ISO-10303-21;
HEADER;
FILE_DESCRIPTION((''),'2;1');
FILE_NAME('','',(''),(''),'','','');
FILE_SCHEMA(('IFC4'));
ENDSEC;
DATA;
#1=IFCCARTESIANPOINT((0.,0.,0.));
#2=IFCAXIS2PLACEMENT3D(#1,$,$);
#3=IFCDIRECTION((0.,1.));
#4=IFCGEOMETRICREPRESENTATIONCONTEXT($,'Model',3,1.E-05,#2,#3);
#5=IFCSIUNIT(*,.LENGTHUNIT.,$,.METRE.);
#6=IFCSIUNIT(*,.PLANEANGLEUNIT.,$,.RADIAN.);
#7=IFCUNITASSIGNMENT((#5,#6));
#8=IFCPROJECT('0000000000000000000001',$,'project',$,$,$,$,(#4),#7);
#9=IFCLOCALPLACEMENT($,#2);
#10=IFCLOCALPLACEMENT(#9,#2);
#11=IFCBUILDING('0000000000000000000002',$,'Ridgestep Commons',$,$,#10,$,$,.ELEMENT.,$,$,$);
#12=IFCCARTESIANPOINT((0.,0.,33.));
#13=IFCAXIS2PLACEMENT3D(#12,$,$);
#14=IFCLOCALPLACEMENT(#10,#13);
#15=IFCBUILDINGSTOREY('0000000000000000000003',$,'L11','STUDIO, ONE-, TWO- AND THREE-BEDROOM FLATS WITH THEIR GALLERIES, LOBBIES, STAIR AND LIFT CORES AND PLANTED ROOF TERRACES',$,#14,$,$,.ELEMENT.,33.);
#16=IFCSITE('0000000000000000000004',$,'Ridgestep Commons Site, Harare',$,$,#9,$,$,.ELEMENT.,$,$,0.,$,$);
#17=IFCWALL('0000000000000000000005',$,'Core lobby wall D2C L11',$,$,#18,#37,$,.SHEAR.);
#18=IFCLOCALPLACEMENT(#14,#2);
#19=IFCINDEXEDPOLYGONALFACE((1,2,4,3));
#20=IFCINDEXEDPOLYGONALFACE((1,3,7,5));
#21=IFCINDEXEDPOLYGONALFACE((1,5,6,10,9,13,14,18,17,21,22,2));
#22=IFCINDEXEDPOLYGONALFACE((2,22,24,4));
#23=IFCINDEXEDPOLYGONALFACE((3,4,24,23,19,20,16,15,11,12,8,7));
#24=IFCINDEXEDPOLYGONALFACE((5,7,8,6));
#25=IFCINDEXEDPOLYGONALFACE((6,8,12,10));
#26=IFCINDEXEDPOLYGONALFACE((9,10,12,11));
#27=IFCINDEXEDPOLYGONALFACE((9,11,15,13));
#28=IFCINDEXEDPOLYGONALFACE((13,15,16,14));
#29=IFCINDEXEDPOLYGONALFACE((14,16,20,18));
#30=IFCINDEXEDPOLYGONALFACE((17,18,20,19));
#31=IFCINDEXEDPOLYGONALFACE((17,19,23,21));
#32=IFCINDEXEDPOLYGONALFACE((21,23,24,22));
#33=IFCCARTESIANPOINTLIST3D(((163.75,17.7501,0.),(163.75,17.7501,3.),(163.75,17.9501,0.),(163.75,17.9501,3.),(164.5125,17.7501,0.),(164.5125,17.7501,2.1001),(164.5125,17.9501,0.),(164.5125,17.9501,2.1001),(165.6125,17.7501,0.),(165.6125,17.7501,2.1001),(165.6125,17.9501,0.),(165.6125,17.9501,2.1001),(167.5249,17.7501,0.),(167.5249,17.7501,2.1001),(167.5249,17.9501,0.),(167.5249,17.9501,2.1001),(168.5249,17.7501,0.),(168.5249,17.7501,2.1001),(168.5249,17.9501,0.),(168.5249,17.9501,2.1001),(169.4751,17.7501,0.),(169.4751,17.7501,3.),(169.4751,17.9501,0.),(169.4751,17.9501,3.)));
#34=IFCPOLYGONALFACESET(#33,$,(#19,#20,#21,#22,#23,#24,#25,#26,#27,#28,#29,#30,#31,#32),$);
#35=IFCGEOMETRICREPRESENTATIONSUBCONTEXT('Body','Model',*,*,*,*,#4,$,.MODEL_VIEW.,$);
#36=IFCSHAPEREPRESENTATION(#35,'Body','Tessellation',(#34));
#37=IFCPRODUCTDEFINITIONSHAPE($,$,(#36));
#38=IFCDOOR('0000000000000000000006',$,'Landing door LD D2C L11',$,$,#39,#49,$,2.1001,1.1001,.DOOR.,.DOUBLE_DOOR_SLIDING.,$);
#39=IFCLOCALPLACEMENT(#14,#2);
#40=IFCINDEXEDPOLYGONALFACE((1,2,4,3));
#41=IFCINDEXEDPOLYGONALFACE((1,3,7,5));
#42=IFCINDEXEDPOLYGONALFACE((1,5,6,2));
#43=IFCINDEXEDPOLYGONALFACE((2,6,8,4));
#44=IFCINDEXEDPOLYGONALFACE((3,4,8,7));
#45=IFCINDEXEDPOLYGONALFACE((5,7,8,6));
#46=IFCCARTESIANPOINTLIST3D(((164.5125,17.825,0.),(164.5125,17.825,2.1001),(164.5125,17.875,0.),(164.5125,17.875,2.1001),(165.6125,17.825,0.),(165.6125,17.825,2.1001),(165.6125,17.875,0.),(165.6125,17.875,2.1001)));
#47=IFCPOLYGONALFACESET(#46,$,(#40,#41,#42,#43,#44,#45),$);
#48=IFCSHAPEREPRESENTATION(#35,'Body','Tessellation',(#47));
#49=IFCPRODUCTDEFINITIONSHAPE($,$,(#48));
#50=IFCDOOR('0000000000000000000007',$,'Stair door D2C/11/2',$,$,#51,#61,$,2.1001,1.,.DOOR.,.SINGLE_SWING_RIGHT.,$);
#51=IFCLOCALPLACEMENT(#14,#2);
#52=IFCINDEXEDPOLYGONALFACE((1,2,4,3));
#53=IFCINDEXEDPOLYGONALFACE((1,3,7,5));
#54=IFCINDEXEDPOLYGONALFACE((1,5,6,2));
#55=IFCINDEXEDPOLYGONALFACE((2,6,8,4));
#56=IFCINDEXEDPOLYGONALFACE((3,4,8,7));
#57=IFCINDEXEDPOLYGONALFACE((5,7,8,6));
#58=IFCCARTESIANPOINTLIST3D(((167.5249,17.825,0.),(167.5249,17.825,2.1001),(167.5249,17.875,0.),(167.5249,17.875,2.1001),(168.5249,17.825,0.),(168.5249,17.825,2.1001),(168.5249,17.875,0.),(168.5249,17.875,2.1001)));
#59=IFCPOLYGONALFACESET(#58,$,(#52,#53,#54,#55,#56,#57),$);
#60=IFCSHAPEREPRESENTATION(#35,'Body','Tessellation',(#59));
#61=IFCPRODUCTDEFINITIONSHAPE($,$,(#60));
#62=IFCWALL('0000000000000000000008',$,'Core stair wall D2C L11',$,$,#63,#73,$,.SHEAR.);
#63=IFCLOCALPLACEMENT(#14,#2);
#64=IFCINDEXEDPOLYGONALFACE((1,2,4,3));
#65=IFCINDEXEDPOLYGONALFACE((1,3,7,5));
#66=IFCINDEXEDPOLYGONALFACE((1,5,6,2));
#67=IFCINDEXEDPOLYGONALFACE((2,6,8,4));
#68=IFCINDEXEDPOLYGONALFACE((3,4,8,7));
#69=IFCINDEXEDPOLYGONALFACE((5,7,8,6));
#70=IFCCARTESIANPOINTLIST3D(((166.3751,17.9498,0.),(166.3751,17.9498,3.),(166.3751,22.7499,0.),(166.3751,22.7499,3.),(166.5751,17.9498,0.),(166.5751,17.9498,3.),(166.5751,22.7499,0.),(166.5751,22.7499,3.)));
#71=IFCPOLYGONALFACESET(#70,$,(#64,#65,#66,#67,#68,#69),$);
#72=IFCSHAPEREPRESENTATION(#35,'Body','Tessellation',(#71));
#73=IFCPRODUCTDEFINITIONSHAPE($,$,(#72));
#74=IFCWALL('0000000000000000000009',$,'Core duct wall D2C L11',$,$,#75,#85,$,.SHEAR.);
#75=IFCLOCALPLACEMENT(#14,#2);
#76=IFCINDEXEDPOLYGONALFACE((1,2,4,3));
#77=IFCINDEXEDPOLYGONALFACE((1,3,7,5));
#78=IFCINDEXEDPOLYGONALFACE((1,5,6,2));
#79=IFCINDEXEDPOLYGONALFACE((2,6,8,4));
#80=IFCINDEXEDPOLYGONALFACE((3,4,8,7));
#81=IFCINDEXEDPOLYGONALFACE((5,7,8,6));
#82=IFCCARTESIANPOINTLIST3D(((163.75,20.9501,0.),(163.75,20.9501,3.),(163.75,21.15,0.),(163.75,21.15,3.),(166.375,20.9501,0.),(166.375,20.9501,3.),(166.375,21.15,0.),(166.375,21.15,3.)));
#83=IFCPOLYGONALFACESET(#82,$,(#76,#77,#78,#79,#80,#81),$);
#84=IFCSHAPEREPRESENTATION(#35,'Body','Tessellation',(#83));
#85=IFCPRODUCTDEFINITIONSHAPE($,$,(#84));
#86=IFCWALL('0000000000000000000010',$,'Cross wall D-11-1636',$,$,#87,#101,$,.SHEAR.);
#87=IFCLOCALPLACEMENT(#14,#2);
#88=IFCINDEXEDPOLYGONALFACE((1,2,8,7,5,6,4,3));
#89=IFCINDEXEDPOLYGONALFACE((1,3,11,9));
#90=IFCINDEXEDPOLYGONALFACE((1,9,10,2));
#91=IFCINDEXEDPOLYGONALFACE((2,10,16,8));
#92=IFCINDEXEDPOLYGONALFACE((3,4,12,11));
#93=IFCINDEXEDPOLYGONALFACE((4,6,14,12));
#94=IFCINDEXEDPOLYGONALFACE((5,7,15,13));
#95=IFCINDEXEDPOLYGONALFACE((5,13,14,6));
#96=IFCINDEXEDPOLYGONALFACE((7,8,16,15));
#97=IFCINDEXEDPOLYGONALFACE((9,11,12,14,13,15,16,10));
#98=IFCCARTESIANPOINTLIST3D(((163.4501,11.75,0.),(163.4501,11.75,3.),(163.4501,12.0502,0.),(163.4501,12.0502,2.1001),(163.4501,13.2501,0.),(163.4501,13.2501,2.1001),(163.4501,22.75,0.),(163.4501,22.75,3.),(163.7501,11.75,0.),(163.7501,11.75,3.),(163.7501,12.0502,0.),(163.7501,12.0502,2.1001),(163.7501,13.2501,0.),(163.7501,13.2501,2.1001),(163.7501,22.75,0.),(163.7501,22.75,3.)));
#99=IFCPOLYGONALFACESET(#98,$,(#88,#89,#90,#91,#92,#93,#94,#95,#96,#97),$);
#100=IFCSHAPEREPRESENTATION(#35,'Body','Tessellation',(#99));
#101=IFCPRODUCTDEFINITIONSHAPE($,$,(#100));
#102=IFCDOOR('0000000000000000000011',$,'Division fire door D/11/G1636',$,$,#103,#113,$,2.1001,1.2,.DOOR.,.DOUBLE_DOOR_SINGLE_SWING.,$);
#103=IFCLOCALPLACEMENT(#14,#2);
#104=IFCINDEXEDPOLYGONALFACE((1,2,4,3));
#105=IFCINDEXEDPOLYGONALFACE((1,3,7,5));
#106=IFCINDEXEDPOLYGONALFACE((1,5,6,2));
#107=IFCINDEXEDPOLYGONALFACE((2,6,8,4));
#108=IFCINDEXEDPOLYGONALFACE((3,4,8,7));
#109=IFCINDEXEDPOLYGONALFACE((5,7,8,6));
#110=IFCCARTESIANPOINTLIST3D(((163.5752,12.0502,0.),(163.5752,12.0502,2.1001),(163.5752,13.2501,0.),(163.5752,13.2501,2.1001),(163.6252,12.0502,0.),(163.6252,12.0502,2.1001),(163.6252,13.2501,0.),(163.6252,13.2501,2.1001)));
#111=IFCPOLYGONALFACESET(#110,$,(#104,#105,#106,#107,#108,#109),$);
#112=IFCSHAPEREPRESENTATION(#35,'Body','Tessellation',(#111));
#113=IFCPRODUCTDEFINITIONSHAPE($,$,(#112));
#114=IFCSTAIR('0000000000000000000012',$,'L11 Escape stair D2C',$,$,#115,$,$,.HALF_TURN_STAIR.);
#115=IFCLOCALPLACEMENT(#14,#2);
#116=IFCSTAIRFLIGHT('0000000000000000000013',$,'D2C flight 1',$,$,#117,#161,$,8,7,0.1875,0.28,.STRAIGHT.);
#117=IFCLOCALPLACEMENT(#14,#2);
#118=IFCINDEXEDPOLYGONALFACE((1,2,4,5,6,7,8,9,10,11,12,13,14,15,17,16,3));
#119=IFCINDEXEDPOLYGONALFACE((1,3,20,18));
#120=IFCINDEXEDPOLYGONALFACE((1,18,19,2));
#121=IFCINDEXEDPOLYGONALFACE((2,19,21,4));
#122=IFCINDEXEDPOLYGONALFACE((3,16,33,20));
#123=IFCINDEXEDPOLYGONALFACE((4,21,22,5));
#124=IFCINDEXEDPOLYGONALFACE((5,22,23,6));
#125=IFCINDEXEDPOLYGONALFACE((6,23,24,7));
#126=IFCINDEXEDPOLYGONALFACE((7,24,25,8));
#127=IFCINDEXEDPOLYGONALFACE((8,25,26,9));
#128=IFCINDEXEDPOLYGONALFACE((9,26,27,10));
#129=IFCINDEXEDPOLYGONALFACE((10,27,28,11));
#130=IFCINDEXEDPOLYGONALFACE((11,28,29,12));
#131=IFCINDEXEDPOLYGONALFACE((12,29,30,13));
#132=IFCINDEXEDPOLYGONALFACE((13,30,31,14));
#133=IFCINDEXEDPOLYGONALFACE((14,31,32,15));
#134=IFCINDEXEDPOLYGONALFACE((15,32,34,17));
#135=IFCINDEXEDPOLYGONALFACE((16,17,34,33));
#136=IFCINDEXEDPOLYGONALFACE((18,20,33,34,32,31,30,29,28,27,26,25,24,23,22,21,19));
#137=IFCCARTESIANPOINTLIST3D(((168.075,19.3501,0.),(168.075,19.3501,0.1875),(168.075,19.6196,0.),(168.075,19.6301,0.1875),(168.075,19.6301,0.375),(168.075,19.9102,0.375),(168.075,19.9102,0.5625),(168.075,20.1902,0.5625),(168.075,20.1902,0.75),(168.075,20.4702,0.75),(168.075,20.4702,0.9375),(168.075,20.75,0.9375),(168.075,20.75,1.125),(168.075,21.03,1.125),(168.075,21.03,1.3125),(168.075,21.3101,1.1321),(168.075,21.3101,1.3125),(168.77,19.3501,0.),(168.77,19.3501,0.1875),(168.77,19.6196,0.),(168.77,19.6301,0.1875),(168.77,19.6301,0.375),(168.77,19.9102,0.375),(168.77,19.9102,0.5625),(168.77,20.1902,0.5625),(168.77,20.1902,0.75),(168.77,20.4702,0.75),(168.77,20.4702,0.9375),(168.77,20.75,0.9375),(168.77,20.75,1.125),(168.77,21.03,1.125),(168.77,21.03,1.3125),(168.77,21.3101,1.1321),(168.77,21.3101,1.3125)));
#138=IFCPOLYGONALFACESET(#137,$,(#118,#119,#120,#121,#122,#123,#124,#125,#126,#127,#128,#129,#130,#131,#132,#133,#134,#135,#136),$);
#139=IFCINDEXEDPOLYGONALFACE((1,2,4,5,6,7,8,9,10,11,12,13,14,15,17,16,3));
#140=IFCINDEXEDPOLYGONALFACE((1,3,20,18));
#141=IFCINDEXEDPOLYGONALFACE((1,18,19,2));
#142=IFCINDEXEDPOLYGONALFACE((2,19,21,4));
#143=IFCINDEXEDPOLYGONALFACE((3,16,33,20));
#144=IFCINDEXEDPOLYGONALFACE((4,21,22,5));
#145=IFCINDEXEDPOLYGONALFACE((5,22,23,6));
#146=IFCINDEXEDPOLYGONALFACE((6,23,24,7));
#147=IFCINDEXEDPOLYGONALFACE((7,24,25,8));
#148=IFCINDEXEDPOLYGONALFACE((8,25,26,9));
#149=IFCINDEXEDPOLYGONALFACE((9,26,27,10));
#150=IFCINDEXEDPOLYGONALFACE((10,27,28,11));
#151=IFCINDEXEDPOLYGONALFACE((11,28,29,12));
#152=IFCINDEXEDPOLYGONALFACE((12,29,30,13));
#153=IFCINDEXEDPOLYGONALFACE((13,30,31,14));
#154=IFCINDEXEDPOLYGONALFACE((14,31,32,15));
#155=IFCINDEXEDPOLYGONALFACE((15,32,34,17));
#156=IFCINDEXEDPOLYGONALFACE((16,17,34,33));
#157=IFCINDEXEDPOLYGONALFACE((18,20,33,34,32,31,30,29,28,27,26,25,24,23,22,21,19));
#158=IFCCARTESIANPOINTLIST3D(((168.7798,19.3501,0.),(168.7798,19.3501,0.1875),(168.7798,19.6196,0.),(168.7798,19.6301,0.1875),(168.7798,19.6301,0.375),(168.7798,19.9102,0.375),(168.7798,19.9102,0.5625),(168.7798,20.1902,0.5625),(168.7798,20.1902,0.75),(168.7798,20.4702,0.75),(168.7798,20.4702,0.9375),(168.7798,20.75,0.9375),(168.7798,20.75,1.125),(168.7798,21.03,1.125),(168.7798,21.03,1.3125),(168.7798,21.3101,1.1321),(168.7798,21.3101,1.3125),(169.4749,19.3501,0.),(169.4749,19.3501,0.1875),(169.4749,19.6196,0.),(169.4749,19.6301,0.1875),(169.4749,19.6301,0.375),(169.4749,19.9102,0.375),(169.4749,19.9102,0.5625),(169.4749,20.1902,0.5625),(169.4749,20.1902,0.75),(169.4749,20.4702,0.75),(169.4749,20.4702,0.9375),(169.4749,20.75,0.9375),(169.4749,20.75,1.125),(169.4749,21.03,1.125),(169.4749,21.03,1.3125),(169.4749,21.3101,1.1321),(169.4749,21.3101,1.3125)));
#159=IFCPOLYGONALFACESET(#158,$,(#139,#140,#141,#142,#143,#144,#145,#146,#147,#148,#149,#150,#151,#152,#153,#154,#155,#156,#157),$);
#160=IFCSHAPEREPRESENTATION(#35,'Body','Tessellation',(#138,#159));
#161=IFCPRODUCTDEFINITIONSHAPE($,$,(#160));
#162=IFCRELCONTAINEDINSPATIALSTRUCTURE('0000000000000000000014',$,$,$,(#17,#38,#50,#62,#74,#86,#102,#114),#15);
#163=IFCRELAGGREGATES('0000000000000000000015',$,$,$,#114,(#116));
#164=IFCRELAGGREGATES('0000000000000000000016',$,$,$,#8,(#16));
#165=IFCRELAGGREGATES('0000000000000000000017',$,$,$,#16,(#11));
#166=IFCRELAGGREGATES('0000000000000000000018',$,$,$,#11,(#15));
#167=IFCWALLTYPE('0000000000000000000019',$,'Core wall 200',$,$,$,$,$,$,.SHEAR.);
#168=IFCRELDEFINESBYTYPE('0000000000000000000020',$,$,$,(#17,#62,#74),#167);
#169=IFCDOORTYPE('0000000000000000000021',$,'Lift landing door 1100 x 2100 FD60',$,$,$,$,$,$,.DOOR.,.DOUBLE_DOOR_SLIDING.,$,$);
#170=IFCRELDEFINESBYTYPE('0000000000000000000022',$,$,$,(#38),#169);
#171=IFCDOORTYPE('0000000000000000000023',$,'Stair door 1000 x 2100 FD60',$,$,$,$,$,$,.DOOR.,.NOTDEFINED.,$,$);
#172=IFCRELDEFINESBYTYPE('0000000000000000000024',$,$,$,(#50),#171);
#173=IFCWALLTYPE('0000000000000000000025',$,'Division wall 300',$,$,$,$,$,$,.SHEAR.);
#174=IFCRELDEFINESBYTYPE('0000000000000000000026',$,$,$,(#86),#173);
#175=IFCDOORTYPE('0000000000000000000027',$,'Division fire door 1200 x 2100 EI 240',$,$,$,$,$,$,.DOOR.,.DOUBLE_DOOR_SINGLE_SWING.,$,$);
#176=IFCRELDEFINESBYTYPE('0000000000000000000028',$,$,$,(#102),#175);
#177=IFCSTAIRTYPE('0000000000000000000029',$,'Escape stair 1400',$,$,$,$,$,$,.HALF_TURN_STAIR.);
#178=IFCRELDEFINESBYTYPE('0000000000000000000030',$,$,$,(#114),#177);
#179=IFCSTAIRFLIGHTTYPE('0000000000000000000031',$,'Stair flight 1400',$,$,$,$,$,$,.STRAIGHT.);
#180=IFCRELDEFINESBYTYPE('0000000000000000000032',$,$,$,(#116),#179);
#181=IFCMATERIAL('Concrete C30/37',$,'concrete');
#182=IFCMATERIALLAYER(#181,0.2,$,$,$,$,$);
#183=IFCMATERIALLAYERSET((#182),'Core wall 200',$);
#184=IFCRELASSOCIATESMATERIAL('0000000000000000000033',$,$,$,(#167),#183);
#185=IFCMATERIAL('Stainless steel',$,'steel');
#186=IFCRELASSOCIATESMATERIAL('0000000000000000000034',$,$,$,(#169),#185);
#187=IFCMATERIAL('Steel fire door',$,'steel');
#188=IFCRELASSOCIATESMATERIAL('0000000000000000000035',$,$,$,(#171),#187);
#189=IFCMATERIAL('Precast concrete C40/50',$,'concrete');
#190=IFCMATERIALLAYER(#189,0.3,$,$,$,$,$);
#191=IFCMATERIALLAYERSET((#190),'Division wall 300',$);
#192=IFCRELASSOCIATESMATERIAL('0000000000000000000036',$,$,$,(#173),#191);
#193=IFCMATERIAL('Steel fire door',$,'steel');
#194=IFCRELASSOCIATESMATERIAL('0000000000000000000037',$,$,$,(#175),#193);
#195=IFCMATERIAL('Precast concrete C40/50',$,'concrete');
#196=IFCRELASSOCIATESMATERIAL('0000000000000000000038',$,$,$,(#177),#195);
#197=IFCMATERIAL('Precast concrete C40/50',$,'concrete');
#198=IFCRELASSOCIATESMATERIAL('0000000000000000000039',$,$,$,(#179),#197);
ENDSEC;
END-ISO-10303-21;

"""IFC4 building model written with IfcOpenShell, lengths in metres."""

from ifc_helpers import new_model, si_unit, direction, frame, frame_2d, origin, place, context, subcontext, project, spatial, polyline, rectangle, outline, extrude, material, layer, layer_set, type_object, element, fill, aggregate, save


model = new_model("IFC4")

# Units and contexts
model_context = context("Model", 3, precision=1e-05, world=origin(), true_north=direction((0.0, 1.0)))
body_context = subcontext(model_context, "Body", "Model", "MODEL_VIEW")
ifc_project = project(units=[si_unit("LENGTHUNIT", "METRE"), si_unit("PLANEANGLEUNIT", "RADIAN")], contexts=[model_context])

# Site, building, storey
site_placement = place(None, origin())
site = spatial("IfcSite", under=ifc_project, at=site_placement, Name="Ridgestep Commons Site, Harare", CompositionType="ELEMENT", RefElevation=0.0)
building_placement = place(site_placement, origin())
building = spatial("IfcBuilding", under=site, at=building_placement, Name="Ridgestep Commons", CompositionType="ELEMENT")
storey_placement = place(building_placement, frame((0.0, 0.0, 33.0)))
storey = spatial("IfcBuildingStorey", under=building, at=storey_placement, Name="L11", Description="STUDIO, ONE-, TWO- AND THREE-BEDROOM FLATS WITH THEIR GALLERIES, LOBBIES, STAIR AND LIFT CORES AND PLANTED ROOF TERRACES", CompositionType="ELEMENT", Elevation=33.0)

# Shared definitions
ifc_material_1 = material(Name="Concrete C30/37", Category="concrete")
ifc_layer_1 = layer(ifc_material_1, 0.2)
ifc_layer_set_1 = layer_set([ifc_layer_1], Name="Core wall 200")
wall_type_1 = type_object("IfcWallType", Name="Core wall 200", PredefinedType="SHEAR", material=ifc_layer_set_1)

# Wall, openings, doors
wall_1_placement = place(storey_placement, frame((163.75, 17.8501, 0.0), z_axis=(0.0, 0.0, 1.0), x_axis=(1.0, 0.0, 0.0)))
wall_1 = element("IfcWall", 1, at=wall_1_placement, inside=storey, type_object=wall_type_1, Name="Core lobby wall D2C L11", PredefinedType="SHEAR", context=body_context, shape_type="SweptSolid", body=[
    extrude(rectangle(XDim=5.7251, YDim=0.2, at=frame_2d((2.8625, 0.0))), origin(), (0.0, 0.0, 1.0), 3.0),
])
opening_1_placement = place(wall_1_placement, frame((3.7749, 0.0, 0.0)))
opening_1 = element("IfcOpeningElement", 2, at=opening_1_placement, cuts=wall_1, PredefinedType="OPENING", context=body_context, shape_type="SweptSolid", body=[
    extrude(rectangle(XDim=1.0, YDim=2.1001, at=frame_2d((0.5, 1.05))), frame((0.0, 0.1099, 0.0), z_axis=(0.0, -1.0, 0.0), x_axis=(1.0, 0.0, 0.0)), (0.0, 0.0, 1.0), 0.22),
])
opening_2_placement = place(wall_1_placement, frame((0.7625, 0.0, 0.0)))
opening_2 = element("IfcOpeningElement", 3, at=opening_2_placement, cuts=wall_1, PredefinedType="OPENING", context=body_context, shape_type="SweptSolid", body=[
    extrude(rectangle(XDim=1.1001, YDim=2.1001, at=frame_2d((0.55, 1.05))), frame((0.0, 0.1099, 0.0), z_axis=(0.0, -1.0, 0.0), x_axis=(1.0, 0.0, 0.0)), (0.0, 0.0, 1.0), 0.22),
])
ifc_material_2 = material(Name="Stainless steel", Category="steel")
door_type_1 = type_object("IfcDoorType", Name="Lift landing door 1100 x 2100 FD60", OperationType="DOUBLE_DOOR_SLIDING", PredefinedType="DOOR", material=ifc_material_2)
door_1_placement = place(opening_2_placement, origin())
door_1 = element("IfcDoor", 4, at=door_1_placement, inside=storey, type_object=door_type_1, Name="Landing door LD D2C L11", OperationType="DOUBLE_DOOR_SLIDING", OverallHeight=2.1001, OverallWidth=1.1001, PredefinedType="DOOR", context=body_context, shape_type="SweptSolid", body=[
    extrude(rectangle(XDim=1.1001, YDim=2.1001, at=frame_2d((0.55, 1.05))), frame((0.0, 0.0249, 0.0), z_axis=(0.0, -1.0, 0.0), x_axis=(1.0, 0.0, 0.0)), (0.0, 0.0, 1.0), 0.05),
])
fill(opening_2, door_1)
ifc_material_3 = material(Name="Steel fire door", Category="steel")
door_type_2 = type_object("IfcDoorType", Name="Stair door 1000 x 2100 FD60", OperationType="NOTDEFINED", PredefinedType="DOOR", material=ifc_material_3)
door_2_placement = place(opening_1_placement, origin())
door_2 = element("IfcDoor", 5, at=door_2_placement, inside=storey, type_object=door_type_2, Name="Stair door D2C/11/2", OperationType="SINGLE_SWING_RIGHT", OverallHeight=2.1001, OverallWidth=1.0, PredefinedType="DOOR", context=body_context, shape_type="SweptSolid", body=[
    extrude(rectangle(XDim=1.0, YDim=2.1001, at=frame_2d((0.5, 1.05))), frame((0.0, 0.0249, 0.0), z_axis=(0.0, -1.0, 0.0), x_axis=(1.0, 0.0, 0.0)), (0.0, 0.0, 1.0), 0.05),
])
fill(opening_1, door_2)

# Walls
wall_2_placement = place(storey_placement, frame((166.4751, 17.95, 0.0), z_axis=(0.0, 0.0, 1.0), x_axis=(0.0, 1.0, 0.0)))
element("IfcWall", 6, at=wall_2_placement, inside=storey, type_object=wall_type_1, Name="Core stair wall D2C L11", PredefinedType="SHEAR", context=body_context, shape_type="SweptSolid", body=[
    extrude(rectangle(XDim=4.8, YDim=0.2, at=frame_2d((2.3999, 0.0))), origin(), (0.0, 0.0, 1.0), 3.0),
])
wall_3_placement = place(storey_placement, frame((163.75, 21.05, 0.0), z_axis=(0.0, 0.0, 1.0), x_axis=(1.0, 0.0, 0.0)))
element("IfcWall", 7, at=wall_3_placement, inside=storey, type_object=wall_type_1, Name="Core duct wall D2C L11", PredefinedType="SHEAR", context=body_context, shape_type="SweptSolid", body=[
    extrude(rectangle(XDim=2.625, YDim=0.2, at=frame_2d((1.3125, 0.0))), origin(), (0.0, 0.0, 1.0), 3.0),
])

# Wall, opening, door
ifc_material_4 = material(Name="Precast concrete C40/50", Category="concrete")
ifc_layer_2 = layer(ifc_material_4, 0.3)
ifc_layer_set_2 = layer_set([ifc_layer_2], Name="Division wall 300")
wall_type_2 = type_object("IfcWallType", Name="Division wall 300", PredefinedType="SHEAR", material=ifc_layer_set_2)
wall_4_placement = place(storey_placement, frame((163.6001, 11.75, 0.0), z_axis=(0.0, 0.0, 1.0), x_axis=(0.0, 1.0, 0.0)))
wall_4 = element("IfcWall", 8, at=wall_4_placement, inside=storey, type_object=wall_type_2, Name="Cross wall D-11-1636", PredefinedType="SHEAR", context=body_context, shape_type="SweptSolid", body=[
    extrude(rectangle(XDim=11.0, YDim=0.3, at=frame_2d((5.5, 0.0))), origin(), (0.0, 0.0, 1.0), 3.0),
])
opening_3_placement = place(wall_4_placement, frame((0.3, 0.0, 0.0)))
opening_3 = element("IfcOpeningElement", 9, at=opening_3_placement, cuts=wall_4, PredefinedType="OPENING", context=body_context, shape_type="SweptSolid", body=[
    extrude(rectangle(XDim=1.2, YDim=2.1001, at=frame_2d((0.6001, 1.05))), frame((0.0, 0.1599, 0.0), z_axis=(0.0, -1.0, 0.0), x_axis=(1.0, 0.0, 0.0)), (0.0, 0.0, 1.0), 0.3201),
])
ifc_material_5 = material(Name="Steel fire door", Category="steel")
door_type_3 = type_object("IfcDoorType", Name="Division fire door 1200 x 2100 EI 240", OperationType="DOUBLE_DOOR_SINGLE_SWING", PredefinedType="DOOR", material=ifc_material_5)
door_3_placement = place(opening_3_placement, origin())
door_3 = element("IfcDoor", 10, at=door_3_placement, inside=storey, type_object=door_type_3, Name="Division fire door D/11/G1636", OperationType="DOUBLE_DOOR_SINGLE_SWING", OverallHeight=2.1001, OverallWidth=1.2, PredefinedType="DOOR", context=body_context, shape_type="SweptSolid", body=[
    extrude(rectangle(XDim=1.2, YDim=2.1001, at=frame_2d((0.6001, 1.05))), frame((0.0, 0.0249, 0.0), z_axis=(0.0, -1.0, 0.0), x_axis=(1.0, 0.0, 0.0)), (0.0, 0.0, 1.0), 0.05),
])
fill(opening_3, door_3)

# Stair, stair flight
ifc_material_6 = material(Name="Precast concrete C40/50", Category="concrete")
stair_type = type_object("IfcStairType", Name="Escape stair 1400", PredefinedType="HALF_TURN_STAIR", material=ifc_material_6)
stair_placement = place(storey_placement, origin())
stair = element("IfcStair", 11, at=stair_placement, inside=storey, type_object=stair_type, Name="L11 Escape stair D2C", PredefinedType="HALF_TURN_STAIR")
ifc_material_7 = material(Name="Precast concrete C40/50", Category="concrete")
stair_flight_type = type_object("IfcStairFlightType", Name="Stair flight 1400", PredefinedType="STRAIGHT", material=ifc_material_7)
stair_flight_placement = place(storey_placement, frame((168.7749, 19.3501, 0.0), z_axis=(0.0, 0.0, 1.0), x_axis=(0.0, 1.0, 0.0)))
stair_flight = element("IfcStairFlight", 12, at=stair_flight_placement, type_object=stair_flight_type, Name="D2C flight 1", NumberOfRisers=8, NumberOfTreads=7, PredefinedType="STRAIGHT", RiserHeight=0.1875, TreadLength=0.28, context=body_context, shape_type="SweptSolid", body=[
    extrude(outline(polyline([(0.0, 0.0), (0.0, 0.1875), (0.28, 0.1875), (0.28, 0.375), (0.5601, 0.375), (0.5601, 0.5625), (0.8401, 0.5625), (0.8401, 0.75), (1.1201, 0.75), (1.1201, 0.9375), (1.3999, 0.9375), (1.3999, 1.125), (1.6799, 1.125), (1.6799, 1.3125), (1.96, 1.3125), (1.96, 1.5), (1.96, 1.1321), (0.2695, 0.0), (0.0, 0.0)])), frame((0.0, 0.7, 0.0), z_axis=(0.0, -1.0, 0.0), x_axis=(1.0, 0.0, 0.0)), (0.0, 0.0, 1.0), 0.6951),
    extrude(outline(polyline([(0.0, 0.0), (0.0, 0.1875), (0.28, 0.1875), (0.28, 0.375), (0.5601, 0.375), (0.5601, 0.5625), (0.8401, 0.5625), (0.8401, 0.75), (1.1201, 0.75), (1.1201, 0.9375), (1.3999, 0.9375), (1.3999, 1.125), (1.6799, 1.125), (1.6799, 1.3125), (1.96, 1.3125), (1.96, 1.5), (1.96, 1.1321), (0.2695, 0.0), (0.0, 0.0)])), frame((0.0, -0.0049, 0.0), z_axis=(0.0, -1.0, 0.0), x_axis=(1.0, 0.0, 0.0)), (0.0, 0.0, 1.0), 0.6951),
])
aggregate(stair, [stair_flight])

save(model, "model.ifc")
